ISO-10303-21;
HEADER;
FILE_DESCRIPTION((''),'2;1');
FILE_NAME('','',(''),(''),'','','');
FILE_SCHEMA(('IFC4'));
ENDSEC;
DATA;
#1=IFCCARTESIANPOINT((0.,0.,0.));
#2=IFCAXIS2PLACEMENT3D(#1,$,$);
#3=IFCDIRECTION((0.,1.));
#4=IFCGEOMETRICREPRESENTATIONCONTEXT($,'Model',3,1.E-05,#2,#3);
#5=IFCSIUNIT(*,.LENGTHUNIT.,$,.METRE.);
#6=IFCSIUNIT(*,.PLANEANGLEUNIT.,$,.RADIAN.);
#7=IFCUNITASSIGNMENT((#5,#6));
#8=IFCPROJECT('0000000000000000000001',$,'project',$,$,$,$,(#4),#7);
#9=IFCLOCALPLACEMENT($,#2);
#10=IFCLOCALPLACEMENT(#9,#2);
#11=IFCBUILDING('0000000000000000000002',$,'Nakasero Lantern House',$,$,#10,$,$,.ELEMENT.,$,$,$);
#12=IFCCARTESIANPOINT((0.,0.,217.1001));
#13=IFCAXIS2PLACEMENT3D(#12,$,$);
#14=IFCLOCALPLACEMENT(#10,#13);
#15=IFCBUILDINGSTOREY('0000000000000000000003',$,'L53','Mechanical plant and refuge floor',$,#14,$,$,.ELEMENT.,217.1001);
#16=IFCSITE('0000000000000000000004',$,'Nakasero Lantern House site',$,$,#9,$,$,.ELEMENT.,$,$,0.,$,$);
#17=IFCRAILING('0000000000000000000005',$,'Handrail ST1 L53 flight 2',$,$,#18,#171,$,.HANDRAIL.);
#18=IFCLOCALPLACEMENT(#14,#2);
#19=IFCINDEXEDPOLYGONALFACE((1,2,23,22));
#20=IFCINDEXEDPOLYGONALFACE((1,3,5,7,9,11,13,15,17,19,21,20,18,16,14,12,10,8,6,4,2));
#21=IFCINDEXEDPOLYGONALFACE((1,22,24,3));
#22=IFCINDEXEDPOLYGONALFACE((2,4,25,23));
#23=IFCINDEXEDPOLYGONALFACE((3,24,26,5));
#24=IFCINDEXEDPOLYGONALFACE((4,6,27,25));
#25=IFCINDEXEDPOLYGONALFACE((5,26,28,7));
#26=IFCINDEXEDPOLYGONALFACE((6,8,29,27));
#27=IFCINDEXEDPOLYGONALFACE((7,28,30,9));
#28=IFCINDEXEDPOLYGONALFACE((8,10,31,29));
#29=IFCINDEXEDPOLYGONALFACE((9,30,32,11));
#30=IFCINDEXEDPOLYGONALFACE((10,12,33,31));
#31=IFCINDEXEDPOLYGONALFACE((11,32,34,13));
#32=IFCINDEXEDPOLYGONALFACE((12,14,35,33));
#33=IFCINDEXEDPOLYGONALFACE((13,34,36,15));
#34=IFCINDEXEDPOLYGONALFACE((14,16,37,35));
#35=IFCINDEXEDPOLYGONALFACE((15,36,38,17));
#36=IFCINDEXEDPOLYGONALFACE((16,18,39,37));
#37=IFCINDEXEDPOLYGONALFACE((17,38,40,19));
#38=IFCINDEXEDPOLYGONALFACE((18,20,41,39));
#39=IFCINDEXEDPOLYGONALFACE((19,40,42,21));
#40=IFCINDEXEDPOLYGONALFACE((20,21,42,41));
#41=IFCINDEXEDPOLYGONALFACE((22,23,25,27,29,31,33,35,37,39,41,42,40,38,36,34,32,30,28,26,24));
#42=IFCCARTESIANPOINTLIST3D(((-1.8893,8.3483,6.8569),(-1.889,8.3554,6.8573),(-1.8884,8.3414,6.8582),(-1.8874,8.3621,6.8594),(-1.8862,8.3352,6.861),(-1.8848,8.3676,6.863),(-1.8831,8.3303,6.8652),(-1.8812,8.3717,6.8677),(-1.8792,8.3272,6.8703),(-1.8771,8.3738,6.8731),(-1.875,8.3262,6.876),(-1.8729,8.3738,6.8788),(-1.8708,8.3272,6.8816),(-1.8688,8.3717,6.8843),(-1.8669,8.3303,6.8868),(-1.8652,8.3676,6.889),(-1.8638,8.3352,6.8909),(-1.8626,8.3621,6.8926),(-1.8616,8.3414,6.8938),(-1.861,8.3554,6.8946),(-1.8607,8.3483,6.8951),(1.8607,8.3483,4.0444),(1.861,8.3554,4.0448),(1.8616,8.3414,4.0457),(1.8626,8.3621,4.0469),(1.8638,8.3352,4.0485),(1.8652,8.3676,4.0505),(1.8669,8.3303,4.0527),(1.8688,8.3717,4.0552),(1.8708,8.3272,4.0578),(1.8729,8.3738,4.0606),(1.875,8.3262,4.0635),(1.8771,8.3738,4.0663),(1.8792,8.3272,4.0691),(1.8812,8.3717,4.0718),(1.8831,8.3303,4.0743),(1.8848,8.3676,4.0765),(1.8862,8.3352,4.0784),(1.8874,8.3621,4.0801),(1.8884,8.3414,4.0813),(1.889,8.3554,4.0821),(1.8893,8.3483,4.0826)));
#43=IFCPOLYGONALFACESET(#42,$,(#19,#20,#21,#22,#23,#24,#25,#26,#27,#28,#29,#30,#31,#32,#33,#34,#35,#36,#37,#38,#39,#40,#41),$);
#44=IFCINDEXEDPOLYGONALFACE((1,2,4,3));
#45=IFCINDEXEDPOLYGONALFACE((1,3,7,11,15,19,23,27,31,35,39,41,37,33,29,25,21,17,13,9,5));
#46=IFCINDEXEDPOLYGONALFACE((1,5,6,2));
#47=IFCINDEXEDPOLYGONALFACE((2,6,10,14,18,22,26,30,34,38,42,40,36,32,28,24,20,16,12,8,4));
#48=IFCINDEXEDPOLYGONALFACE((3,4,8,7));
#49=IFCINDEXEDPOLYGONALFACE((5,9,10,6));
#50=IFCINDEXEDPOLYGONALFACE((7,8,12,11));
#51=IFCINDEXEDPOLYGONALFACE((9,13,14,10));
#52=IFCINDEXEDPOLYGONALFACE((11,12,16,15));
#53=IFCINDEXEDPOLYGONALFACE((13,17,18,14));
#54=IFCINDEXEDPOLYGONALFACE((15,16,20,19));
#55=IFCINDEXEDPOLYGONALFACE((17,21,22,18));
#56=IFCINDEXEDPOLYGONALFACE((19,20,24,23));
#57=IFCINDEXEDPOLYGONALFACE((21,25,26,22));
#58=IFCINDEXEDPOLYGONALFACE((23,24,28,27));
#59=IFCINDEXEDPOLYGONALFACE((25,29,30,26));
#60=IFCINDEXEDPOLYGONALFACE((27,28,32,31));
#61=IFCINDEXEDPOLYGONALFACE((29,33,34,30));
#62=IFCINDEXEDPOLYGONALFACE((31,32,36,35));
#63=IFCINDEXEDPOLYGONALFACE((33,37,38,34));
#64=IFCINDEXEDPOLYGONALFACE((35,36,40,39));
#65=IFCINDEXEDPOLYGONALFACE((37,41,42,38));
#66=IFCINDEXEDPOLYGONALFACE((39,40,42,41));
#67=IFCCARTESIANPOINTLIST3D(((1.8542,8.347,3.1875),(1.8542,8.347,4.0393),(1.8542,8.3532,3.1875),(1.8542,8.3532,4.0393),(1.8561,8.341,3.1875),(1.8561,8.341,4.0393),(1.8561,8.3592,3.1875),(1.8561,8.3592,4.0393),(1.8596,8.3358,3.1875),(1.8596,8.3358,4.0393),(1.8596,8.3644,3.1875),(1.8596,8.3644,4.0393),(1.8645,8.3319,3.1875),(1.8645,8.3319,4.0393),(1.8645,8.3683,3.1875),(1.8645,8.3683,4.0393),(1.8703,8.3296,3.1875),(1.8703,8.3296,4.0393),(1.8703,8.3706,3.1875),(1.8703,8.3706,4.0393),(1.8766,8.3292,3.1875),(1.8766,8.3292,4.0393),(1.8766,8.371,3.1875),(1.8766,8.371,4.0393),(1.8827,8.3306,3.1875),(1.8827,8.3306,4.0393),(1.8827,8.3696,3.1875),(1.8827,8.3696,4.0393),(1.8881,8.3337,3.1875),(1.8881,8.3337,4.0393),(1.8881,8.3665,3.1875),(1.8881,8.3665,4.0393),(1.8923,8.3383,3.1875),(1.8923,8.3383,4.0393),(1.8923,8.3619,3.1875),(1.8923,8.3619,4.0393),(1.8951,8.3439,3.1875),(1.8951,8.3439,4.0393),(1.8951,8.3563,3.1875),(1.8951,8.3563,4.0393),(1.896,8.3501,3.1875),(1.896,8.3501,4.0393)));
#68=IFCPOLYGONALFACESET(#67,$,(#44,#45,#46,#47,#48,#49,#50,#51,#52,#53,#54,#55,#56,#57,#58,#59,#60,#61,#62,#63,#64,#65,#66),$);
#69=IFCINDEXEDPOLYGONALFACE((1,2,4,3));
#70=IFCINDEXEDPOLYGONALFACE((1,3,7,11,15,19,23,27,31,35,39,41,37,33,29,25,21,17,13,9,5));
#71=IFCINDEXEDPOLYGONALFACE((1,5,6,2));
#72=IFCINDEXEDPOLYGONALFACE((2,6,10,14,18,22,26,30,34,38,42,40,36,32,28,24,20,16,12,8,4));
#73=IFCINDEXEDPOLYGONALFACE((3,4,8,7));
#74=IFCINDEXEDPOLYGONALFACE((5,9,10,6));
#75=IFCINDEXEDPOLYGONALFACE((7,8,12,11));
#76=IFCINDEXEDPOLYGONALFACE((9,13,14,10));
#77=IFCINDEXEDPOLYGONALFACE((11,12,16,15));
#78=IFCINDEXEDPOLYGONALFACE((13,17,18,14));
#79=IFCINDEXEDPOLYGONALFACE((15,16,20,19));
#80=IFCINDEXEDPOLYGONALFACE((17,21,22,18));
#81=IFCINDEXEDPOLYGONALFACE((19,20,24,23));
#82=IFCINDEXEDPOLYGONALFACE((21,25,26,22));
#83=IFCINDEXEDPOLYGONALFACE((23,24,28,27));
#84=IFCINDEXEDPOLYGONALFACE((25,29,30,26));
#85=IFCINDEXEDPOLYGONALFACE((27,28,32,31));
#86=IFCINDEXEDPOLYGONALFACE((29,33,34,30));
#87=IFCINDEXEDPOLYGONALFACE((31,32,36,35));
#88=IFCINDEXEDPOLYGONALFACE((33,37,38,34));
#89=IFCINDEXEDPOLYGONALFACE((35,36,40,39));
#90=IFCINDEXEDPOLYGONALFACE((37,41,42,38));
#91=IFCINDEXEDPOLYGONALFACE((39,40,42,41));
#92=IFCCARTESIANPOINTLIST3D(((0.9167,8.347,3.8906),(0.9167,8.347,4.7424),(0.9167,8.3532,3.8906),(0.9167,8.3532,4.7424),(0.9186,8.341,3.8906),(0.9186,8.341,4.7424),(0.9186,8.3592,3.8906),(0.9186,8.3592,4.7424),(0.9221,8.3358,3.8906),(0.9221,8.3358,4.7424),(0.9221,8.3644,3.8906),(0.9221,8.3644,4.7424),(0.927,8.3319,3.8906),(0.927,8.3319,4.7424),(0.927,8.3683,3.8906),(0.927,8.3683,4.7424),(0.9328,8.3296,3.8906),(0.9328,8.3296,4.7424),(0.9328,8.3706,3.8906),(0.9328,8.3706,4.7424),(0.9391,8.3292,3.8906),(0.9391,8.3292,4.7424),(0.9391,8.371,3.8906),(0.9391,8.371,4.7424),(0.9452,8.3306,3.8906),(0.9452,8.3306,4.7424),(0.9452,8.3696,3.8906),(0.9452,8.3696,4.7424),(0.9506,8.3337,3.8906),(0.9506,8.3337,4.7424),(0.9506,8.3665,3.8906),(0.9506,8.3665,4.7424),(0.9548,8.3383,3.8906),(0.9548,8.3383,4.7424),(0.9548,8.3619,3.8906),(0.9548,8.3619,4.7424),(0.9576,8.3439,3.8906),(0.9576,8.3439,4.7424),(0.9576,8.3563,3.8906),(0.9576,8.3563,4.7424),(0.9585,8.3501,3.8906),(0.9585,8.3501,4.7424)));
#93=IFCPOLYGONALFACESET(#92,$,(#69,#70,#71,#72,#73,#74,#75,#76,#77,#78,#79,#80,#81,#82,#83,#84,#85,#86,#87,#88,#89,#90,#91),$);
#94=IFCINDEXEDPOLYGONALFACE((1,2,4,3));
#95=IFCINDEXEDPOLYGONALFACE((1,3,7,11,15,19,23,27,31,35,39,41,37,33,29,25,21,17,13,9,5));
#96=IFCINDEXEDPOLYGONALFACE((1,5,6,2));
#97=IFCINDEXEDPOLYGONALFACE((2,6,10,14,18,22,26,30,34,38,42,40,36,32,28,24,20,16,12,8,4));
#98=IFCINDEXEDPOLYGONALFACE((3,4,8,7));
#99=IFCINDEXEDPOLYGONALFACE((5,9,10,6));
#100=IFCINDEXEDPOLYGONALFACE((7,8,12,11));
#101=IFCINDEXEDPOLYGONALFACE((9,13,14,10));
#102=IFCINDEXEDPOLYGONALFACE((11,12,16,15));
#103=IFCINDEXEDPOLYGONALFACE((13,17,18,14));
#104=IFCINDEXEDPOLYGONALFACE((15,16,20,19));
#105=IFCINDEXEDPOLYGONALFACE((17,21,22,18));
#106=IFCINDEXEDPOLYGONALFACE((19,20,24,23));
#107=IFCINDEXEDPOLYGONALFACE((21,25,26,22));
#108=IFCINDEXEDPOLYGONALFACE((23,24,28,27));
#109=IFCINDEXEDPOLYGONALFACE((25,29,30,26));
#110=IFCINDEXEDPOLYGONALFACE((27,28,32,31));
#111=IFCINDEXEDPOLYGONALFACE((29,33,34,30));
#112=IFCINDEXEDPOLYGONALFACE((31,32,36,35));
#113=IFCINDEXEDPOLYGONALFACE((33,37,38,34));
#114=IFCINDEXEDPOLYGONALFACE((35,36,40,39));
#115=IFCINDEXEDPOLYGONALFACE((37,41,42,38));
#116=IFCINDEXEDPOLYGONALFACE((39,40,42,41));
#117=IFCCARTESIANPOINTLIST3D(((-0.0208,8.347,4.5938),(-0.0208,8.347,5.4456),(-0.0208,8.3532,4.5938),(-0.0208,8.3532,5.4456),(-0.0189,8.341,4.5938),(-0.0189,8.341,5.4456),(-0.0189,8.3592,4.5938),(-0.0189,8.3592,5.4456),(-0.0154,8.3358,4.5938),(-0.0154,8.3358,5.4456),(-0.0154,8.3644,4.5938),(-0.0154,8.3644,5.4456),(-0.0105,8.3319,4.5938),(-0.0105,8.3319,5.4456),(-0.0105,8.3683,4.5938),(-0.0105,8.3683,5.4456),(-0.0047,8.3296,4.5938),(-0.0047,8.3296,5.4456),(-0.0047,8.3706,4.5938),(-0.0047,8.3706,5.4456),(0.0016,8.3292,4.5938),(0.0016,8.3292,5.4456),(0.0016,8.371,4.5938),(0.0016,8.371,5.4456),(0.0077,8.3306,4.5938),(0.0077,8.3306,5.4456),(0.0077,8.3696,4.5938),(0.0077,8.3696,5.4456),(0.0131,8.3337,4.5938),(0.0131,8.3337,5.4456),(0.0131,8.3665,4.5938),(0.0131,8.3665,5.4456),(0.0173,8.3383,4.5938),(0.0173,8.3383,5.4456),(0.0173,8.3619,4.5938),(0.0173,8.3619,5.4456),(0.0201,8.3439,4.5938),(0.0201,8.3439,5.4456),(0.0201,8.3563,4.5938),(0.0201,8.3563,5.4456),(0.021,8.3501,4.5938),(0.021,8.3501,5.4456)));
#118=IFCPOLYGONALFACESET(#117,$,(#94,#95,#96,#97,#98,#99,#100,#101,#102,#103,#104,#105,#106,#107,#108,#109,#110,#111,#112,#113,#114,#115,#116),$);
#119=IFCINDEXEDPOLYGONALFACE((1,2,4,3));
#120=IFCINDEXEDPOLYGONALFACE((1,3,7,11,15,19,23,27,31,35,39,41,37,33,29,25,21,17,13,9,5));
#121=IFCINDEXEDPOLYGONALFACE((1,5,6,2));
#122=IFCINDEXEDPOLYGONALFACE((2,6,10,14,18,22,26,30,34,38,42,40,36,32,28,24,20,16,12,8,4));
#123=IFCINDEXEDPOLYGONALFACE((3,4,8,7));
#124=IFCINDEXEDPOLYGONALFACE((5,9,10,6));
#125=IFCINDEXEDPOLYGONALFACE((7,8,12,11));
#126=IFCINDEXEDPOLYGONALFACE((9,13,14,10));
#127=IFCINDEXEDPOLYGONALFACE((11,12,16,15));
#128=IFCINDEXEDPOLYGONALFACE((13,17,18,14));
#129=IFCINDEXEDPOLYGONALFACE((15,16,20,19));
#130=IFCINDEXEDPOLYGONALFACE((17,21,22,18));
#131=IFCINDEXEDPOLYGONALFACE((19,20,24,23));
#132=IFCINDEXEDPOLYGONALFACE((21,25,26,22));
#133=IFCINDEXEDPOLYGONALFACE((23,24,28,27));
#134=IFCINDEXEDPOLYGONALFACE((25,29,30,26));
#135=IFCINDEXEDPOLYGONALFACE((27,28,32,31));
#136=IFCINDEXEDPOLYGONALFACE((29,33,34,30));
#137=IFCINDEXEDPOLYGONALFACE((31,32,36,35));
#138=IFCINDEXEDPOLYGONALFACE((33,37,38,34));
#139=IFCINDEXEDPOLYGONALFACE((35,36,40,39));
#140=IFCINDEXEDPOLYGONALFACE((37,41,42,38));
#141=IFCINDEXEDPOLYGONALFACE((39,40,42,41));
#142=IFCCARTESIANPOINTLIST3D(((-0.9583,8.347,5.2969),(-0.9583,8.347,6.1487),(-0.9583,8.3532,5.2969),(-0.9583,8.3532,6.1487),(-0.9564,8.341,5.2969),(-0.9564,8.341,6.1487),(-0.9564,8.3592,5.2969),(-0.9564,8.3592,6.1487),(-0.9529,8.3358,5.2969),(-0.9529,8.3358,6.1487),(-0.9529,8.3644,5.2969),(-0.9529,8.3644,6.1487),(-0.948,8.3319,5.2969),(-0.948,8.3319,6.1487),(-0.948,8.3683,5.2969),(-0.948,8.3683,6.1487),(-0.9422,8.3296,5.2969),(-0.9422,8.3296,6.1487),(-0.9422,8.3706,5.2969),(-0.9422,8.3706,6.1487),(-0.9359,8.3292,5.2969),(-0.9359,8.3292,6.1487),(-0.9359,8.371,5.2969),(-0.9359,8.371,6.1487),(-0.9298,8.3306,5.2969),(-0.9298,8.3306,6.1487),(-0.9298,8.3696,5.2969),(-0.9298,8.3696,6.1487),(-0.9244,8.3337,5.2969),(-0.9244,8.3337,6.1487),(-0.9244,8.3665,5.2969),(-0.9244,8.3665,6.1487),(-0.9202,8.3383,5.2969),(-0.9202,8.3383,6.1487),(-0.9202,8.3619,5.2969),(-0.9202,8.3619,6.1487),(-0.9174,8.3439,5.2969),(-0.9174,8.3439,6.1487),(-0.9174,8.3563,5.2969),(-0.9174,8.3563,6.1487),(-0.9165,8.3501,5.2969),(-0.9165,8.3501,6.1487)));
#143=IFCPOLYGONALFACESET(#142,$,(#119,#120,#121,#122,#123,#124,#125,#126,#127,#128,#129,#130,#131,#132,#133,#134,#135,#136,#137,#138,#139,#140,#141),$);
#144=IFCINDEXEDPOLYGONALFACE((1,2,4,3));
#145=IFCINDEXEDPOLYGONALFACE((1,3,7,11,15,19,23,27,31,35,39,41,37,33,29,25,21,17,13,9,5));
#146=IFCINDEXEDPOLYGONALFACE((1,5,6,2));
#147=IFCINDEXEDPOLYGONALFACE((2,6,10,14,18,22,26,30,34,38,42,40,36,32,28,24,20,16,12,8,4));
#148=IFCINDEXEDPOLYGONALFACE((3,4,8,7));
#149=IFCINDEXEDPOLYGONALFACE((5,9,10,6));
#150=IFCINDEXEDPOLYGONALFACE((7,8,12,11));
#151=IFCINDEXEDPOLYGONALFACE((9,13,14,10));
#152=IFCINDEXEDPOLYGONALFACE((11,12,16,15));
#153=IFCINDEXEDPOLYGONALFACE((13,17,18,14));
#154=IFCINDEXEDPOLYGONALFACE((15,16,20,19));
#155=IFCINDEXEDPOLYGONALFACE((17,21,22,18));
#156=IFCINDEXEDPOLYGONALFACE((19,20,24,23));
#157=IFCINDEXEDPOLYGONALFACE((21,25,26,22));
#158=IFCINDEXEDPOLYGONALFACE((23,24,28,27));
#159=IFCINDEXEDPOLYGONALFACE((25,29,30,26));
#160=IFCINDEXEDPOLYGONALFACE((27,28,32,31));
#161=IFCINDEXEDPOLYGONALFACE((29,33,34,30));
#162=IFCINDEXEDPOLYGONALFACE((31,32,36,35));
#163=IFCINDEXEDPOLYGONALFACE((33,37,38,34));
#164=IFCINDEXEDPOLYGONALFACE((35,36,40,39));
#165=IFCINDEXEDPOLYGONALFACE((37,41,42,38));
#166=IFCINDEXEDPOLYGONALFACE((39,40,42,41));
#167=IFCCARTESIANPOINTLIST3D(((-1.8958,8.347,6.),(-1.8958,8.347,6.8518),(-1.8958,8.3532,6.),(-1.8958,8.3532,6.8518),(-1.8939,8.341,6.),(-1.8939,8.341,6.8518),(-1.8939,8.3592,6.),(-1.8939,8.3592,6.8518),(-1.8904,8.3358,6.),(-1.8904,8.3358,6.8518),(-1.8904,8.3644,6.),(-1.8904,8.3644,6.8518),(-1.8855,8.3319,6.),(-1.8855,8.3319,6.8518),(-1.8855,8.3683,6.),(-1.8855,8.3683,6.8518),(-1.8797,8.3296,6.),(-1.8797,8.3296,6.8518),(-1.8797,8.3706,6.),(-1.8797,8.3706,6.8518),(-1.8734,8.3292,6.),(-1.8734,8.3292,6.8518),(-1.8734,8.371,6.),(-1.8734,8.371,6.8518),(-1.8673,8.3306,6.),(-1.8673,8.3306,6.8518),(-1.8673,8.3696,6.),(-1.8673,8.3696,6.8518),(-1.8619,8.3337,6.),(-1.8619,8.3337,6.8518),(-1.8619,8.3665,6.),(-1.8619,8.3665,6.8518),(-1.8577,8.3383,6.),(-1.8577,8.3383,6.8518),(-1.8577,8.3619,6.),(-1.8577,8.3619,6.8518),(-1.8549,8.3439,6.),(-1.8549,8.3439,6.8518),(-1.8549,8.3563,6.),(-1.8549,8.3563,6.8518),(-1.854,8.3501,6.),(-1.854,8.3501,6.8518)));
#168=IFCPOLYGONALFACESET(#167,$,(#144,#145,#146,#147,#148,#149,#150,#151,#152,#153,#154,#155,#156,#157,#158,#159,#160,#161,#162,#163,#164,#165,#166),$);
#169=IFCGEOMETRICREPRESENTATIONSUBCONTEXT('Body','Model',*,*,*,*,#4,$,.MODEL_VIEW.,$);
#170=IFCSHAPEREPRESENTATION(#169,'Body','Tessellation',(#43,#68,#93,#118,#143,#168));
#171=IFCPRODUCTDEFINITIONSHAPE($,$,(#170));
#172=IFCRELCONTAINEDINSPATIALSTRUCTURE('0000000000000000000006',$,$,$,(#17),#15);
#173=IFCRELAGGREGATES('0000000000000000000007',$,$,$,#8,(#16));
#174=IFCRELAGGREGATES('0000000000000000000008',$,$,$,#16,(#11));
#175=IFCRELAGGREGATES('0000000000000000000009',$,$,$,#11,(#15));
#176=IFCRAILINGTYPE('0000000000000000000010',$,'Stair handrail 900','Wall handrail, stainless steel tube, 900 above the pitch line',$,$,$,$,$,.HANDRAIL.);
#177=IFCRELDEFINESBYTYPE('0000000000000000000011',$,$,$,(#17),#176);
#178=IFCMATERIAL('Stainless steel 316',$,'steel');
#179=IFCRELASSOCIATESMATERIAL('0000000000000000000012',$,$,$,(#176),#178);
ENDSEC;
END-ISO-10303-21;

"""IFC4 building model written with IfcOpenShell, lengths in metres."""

from ifc_helpers import new_model, si_unit, direction, frame, origin, origin_2d, place, context, subcontext, project, spatial, circle, extrude, material, type_object, element, save


model = new_model("IFC4")

# Units and contexts
model_context = context("Model", 3, precision=1e-05, world=origin(), true_north=direction((0.0, 1.0)))
body_context = subcontext(model_context, "Body", "Model", "MODEL_VIEW")
ifc_project = project(units=[si_unit("LENGTHUNIT", "METRE"), si_unit("PLANEANGLEUNIT", "RADIAN")], contexts=[model_context])

# Site, building, storey
site_placement = place(None, origin())
site = spatial("IfcSite", under=ifc_project, at=site_placement, Name="Nakasero Lantern House site", CompositionType="ELEMENT", RefElevation=0.0)
building_placement = place(site_placement, origin())
building = spatial("IfcBuilding", under=site, at=building_placement, Name="Nakasero Lantern House", CompositionType="ELEMENT")
storey_placement = place(building_placement, frame((0.0, 0.0, 217.1001)))
storey = spatial("IfcBuildingStorey", under=building, at=storey_placement, Name="L53", Description="Mechanical plant and refuge floor", CompositionType="ELEMENT", Elevation=217.1001)

# Railing
ifc_material_1 = material(Name="Stainless steel 316", Category="steel")
railing_type = type_object("IfcRailingType", Name="Stair handrail 900", Description="Wall handrail, stainless steel tube, 900 above the pitch line", PredefinedType="HANDRAIL", material=ifc_material_1)
railing_placement = place(storey_placement, frame((1.875, 8.3501, 3.1875)))
element("IfcRailing", 1, at=railing_placement, inside=storey, type_object=railing_type, Name="Handrail ST1 L53 flight 2", PredefinedType="HANDRAIL", context=body_context, shape_type="SweptSolid", body=[
    extrude(circle(Radius=0.0239, at=origin_2d()), frame((0.0, 0.0, 0.876), z_axis=(-0.8, 0.0, 0.6), x_axis=(0.0, -1.0, 0.0)), (0.0, 0.0, 1.0), 4.6875),
    extrude(circle(Radius=0.021, at=origin_2d()), origin(), (0.0, 0.0, 1.0), 0.8518),
    extrude(circle(Radius=0.021, at=origin_2d()), frame((-0.9375, 0.0, 0.7031)), (0.0, 0.0, 1.0), 0.8518),
    extrude(circle(Radius=0.021, at=origin_2d()), frame((-1.875, 0.0, 1.4062)), (0.0, 0.0, 1.0), 0.8518),
    extrude(circle(Radius=0.021, at=origin_2d()), frame((-2.8125, 0.0, 2.1094)), (0.0, 0.0, 1.0), 0.8518),
    extrude(circle(Radius=0.021, at=origin_2d()), frame((-3.75, 0.0, 2.8125)), (0.0, 0.0, 1.0), 0.8518),
])

save(model, "model.ifc")
